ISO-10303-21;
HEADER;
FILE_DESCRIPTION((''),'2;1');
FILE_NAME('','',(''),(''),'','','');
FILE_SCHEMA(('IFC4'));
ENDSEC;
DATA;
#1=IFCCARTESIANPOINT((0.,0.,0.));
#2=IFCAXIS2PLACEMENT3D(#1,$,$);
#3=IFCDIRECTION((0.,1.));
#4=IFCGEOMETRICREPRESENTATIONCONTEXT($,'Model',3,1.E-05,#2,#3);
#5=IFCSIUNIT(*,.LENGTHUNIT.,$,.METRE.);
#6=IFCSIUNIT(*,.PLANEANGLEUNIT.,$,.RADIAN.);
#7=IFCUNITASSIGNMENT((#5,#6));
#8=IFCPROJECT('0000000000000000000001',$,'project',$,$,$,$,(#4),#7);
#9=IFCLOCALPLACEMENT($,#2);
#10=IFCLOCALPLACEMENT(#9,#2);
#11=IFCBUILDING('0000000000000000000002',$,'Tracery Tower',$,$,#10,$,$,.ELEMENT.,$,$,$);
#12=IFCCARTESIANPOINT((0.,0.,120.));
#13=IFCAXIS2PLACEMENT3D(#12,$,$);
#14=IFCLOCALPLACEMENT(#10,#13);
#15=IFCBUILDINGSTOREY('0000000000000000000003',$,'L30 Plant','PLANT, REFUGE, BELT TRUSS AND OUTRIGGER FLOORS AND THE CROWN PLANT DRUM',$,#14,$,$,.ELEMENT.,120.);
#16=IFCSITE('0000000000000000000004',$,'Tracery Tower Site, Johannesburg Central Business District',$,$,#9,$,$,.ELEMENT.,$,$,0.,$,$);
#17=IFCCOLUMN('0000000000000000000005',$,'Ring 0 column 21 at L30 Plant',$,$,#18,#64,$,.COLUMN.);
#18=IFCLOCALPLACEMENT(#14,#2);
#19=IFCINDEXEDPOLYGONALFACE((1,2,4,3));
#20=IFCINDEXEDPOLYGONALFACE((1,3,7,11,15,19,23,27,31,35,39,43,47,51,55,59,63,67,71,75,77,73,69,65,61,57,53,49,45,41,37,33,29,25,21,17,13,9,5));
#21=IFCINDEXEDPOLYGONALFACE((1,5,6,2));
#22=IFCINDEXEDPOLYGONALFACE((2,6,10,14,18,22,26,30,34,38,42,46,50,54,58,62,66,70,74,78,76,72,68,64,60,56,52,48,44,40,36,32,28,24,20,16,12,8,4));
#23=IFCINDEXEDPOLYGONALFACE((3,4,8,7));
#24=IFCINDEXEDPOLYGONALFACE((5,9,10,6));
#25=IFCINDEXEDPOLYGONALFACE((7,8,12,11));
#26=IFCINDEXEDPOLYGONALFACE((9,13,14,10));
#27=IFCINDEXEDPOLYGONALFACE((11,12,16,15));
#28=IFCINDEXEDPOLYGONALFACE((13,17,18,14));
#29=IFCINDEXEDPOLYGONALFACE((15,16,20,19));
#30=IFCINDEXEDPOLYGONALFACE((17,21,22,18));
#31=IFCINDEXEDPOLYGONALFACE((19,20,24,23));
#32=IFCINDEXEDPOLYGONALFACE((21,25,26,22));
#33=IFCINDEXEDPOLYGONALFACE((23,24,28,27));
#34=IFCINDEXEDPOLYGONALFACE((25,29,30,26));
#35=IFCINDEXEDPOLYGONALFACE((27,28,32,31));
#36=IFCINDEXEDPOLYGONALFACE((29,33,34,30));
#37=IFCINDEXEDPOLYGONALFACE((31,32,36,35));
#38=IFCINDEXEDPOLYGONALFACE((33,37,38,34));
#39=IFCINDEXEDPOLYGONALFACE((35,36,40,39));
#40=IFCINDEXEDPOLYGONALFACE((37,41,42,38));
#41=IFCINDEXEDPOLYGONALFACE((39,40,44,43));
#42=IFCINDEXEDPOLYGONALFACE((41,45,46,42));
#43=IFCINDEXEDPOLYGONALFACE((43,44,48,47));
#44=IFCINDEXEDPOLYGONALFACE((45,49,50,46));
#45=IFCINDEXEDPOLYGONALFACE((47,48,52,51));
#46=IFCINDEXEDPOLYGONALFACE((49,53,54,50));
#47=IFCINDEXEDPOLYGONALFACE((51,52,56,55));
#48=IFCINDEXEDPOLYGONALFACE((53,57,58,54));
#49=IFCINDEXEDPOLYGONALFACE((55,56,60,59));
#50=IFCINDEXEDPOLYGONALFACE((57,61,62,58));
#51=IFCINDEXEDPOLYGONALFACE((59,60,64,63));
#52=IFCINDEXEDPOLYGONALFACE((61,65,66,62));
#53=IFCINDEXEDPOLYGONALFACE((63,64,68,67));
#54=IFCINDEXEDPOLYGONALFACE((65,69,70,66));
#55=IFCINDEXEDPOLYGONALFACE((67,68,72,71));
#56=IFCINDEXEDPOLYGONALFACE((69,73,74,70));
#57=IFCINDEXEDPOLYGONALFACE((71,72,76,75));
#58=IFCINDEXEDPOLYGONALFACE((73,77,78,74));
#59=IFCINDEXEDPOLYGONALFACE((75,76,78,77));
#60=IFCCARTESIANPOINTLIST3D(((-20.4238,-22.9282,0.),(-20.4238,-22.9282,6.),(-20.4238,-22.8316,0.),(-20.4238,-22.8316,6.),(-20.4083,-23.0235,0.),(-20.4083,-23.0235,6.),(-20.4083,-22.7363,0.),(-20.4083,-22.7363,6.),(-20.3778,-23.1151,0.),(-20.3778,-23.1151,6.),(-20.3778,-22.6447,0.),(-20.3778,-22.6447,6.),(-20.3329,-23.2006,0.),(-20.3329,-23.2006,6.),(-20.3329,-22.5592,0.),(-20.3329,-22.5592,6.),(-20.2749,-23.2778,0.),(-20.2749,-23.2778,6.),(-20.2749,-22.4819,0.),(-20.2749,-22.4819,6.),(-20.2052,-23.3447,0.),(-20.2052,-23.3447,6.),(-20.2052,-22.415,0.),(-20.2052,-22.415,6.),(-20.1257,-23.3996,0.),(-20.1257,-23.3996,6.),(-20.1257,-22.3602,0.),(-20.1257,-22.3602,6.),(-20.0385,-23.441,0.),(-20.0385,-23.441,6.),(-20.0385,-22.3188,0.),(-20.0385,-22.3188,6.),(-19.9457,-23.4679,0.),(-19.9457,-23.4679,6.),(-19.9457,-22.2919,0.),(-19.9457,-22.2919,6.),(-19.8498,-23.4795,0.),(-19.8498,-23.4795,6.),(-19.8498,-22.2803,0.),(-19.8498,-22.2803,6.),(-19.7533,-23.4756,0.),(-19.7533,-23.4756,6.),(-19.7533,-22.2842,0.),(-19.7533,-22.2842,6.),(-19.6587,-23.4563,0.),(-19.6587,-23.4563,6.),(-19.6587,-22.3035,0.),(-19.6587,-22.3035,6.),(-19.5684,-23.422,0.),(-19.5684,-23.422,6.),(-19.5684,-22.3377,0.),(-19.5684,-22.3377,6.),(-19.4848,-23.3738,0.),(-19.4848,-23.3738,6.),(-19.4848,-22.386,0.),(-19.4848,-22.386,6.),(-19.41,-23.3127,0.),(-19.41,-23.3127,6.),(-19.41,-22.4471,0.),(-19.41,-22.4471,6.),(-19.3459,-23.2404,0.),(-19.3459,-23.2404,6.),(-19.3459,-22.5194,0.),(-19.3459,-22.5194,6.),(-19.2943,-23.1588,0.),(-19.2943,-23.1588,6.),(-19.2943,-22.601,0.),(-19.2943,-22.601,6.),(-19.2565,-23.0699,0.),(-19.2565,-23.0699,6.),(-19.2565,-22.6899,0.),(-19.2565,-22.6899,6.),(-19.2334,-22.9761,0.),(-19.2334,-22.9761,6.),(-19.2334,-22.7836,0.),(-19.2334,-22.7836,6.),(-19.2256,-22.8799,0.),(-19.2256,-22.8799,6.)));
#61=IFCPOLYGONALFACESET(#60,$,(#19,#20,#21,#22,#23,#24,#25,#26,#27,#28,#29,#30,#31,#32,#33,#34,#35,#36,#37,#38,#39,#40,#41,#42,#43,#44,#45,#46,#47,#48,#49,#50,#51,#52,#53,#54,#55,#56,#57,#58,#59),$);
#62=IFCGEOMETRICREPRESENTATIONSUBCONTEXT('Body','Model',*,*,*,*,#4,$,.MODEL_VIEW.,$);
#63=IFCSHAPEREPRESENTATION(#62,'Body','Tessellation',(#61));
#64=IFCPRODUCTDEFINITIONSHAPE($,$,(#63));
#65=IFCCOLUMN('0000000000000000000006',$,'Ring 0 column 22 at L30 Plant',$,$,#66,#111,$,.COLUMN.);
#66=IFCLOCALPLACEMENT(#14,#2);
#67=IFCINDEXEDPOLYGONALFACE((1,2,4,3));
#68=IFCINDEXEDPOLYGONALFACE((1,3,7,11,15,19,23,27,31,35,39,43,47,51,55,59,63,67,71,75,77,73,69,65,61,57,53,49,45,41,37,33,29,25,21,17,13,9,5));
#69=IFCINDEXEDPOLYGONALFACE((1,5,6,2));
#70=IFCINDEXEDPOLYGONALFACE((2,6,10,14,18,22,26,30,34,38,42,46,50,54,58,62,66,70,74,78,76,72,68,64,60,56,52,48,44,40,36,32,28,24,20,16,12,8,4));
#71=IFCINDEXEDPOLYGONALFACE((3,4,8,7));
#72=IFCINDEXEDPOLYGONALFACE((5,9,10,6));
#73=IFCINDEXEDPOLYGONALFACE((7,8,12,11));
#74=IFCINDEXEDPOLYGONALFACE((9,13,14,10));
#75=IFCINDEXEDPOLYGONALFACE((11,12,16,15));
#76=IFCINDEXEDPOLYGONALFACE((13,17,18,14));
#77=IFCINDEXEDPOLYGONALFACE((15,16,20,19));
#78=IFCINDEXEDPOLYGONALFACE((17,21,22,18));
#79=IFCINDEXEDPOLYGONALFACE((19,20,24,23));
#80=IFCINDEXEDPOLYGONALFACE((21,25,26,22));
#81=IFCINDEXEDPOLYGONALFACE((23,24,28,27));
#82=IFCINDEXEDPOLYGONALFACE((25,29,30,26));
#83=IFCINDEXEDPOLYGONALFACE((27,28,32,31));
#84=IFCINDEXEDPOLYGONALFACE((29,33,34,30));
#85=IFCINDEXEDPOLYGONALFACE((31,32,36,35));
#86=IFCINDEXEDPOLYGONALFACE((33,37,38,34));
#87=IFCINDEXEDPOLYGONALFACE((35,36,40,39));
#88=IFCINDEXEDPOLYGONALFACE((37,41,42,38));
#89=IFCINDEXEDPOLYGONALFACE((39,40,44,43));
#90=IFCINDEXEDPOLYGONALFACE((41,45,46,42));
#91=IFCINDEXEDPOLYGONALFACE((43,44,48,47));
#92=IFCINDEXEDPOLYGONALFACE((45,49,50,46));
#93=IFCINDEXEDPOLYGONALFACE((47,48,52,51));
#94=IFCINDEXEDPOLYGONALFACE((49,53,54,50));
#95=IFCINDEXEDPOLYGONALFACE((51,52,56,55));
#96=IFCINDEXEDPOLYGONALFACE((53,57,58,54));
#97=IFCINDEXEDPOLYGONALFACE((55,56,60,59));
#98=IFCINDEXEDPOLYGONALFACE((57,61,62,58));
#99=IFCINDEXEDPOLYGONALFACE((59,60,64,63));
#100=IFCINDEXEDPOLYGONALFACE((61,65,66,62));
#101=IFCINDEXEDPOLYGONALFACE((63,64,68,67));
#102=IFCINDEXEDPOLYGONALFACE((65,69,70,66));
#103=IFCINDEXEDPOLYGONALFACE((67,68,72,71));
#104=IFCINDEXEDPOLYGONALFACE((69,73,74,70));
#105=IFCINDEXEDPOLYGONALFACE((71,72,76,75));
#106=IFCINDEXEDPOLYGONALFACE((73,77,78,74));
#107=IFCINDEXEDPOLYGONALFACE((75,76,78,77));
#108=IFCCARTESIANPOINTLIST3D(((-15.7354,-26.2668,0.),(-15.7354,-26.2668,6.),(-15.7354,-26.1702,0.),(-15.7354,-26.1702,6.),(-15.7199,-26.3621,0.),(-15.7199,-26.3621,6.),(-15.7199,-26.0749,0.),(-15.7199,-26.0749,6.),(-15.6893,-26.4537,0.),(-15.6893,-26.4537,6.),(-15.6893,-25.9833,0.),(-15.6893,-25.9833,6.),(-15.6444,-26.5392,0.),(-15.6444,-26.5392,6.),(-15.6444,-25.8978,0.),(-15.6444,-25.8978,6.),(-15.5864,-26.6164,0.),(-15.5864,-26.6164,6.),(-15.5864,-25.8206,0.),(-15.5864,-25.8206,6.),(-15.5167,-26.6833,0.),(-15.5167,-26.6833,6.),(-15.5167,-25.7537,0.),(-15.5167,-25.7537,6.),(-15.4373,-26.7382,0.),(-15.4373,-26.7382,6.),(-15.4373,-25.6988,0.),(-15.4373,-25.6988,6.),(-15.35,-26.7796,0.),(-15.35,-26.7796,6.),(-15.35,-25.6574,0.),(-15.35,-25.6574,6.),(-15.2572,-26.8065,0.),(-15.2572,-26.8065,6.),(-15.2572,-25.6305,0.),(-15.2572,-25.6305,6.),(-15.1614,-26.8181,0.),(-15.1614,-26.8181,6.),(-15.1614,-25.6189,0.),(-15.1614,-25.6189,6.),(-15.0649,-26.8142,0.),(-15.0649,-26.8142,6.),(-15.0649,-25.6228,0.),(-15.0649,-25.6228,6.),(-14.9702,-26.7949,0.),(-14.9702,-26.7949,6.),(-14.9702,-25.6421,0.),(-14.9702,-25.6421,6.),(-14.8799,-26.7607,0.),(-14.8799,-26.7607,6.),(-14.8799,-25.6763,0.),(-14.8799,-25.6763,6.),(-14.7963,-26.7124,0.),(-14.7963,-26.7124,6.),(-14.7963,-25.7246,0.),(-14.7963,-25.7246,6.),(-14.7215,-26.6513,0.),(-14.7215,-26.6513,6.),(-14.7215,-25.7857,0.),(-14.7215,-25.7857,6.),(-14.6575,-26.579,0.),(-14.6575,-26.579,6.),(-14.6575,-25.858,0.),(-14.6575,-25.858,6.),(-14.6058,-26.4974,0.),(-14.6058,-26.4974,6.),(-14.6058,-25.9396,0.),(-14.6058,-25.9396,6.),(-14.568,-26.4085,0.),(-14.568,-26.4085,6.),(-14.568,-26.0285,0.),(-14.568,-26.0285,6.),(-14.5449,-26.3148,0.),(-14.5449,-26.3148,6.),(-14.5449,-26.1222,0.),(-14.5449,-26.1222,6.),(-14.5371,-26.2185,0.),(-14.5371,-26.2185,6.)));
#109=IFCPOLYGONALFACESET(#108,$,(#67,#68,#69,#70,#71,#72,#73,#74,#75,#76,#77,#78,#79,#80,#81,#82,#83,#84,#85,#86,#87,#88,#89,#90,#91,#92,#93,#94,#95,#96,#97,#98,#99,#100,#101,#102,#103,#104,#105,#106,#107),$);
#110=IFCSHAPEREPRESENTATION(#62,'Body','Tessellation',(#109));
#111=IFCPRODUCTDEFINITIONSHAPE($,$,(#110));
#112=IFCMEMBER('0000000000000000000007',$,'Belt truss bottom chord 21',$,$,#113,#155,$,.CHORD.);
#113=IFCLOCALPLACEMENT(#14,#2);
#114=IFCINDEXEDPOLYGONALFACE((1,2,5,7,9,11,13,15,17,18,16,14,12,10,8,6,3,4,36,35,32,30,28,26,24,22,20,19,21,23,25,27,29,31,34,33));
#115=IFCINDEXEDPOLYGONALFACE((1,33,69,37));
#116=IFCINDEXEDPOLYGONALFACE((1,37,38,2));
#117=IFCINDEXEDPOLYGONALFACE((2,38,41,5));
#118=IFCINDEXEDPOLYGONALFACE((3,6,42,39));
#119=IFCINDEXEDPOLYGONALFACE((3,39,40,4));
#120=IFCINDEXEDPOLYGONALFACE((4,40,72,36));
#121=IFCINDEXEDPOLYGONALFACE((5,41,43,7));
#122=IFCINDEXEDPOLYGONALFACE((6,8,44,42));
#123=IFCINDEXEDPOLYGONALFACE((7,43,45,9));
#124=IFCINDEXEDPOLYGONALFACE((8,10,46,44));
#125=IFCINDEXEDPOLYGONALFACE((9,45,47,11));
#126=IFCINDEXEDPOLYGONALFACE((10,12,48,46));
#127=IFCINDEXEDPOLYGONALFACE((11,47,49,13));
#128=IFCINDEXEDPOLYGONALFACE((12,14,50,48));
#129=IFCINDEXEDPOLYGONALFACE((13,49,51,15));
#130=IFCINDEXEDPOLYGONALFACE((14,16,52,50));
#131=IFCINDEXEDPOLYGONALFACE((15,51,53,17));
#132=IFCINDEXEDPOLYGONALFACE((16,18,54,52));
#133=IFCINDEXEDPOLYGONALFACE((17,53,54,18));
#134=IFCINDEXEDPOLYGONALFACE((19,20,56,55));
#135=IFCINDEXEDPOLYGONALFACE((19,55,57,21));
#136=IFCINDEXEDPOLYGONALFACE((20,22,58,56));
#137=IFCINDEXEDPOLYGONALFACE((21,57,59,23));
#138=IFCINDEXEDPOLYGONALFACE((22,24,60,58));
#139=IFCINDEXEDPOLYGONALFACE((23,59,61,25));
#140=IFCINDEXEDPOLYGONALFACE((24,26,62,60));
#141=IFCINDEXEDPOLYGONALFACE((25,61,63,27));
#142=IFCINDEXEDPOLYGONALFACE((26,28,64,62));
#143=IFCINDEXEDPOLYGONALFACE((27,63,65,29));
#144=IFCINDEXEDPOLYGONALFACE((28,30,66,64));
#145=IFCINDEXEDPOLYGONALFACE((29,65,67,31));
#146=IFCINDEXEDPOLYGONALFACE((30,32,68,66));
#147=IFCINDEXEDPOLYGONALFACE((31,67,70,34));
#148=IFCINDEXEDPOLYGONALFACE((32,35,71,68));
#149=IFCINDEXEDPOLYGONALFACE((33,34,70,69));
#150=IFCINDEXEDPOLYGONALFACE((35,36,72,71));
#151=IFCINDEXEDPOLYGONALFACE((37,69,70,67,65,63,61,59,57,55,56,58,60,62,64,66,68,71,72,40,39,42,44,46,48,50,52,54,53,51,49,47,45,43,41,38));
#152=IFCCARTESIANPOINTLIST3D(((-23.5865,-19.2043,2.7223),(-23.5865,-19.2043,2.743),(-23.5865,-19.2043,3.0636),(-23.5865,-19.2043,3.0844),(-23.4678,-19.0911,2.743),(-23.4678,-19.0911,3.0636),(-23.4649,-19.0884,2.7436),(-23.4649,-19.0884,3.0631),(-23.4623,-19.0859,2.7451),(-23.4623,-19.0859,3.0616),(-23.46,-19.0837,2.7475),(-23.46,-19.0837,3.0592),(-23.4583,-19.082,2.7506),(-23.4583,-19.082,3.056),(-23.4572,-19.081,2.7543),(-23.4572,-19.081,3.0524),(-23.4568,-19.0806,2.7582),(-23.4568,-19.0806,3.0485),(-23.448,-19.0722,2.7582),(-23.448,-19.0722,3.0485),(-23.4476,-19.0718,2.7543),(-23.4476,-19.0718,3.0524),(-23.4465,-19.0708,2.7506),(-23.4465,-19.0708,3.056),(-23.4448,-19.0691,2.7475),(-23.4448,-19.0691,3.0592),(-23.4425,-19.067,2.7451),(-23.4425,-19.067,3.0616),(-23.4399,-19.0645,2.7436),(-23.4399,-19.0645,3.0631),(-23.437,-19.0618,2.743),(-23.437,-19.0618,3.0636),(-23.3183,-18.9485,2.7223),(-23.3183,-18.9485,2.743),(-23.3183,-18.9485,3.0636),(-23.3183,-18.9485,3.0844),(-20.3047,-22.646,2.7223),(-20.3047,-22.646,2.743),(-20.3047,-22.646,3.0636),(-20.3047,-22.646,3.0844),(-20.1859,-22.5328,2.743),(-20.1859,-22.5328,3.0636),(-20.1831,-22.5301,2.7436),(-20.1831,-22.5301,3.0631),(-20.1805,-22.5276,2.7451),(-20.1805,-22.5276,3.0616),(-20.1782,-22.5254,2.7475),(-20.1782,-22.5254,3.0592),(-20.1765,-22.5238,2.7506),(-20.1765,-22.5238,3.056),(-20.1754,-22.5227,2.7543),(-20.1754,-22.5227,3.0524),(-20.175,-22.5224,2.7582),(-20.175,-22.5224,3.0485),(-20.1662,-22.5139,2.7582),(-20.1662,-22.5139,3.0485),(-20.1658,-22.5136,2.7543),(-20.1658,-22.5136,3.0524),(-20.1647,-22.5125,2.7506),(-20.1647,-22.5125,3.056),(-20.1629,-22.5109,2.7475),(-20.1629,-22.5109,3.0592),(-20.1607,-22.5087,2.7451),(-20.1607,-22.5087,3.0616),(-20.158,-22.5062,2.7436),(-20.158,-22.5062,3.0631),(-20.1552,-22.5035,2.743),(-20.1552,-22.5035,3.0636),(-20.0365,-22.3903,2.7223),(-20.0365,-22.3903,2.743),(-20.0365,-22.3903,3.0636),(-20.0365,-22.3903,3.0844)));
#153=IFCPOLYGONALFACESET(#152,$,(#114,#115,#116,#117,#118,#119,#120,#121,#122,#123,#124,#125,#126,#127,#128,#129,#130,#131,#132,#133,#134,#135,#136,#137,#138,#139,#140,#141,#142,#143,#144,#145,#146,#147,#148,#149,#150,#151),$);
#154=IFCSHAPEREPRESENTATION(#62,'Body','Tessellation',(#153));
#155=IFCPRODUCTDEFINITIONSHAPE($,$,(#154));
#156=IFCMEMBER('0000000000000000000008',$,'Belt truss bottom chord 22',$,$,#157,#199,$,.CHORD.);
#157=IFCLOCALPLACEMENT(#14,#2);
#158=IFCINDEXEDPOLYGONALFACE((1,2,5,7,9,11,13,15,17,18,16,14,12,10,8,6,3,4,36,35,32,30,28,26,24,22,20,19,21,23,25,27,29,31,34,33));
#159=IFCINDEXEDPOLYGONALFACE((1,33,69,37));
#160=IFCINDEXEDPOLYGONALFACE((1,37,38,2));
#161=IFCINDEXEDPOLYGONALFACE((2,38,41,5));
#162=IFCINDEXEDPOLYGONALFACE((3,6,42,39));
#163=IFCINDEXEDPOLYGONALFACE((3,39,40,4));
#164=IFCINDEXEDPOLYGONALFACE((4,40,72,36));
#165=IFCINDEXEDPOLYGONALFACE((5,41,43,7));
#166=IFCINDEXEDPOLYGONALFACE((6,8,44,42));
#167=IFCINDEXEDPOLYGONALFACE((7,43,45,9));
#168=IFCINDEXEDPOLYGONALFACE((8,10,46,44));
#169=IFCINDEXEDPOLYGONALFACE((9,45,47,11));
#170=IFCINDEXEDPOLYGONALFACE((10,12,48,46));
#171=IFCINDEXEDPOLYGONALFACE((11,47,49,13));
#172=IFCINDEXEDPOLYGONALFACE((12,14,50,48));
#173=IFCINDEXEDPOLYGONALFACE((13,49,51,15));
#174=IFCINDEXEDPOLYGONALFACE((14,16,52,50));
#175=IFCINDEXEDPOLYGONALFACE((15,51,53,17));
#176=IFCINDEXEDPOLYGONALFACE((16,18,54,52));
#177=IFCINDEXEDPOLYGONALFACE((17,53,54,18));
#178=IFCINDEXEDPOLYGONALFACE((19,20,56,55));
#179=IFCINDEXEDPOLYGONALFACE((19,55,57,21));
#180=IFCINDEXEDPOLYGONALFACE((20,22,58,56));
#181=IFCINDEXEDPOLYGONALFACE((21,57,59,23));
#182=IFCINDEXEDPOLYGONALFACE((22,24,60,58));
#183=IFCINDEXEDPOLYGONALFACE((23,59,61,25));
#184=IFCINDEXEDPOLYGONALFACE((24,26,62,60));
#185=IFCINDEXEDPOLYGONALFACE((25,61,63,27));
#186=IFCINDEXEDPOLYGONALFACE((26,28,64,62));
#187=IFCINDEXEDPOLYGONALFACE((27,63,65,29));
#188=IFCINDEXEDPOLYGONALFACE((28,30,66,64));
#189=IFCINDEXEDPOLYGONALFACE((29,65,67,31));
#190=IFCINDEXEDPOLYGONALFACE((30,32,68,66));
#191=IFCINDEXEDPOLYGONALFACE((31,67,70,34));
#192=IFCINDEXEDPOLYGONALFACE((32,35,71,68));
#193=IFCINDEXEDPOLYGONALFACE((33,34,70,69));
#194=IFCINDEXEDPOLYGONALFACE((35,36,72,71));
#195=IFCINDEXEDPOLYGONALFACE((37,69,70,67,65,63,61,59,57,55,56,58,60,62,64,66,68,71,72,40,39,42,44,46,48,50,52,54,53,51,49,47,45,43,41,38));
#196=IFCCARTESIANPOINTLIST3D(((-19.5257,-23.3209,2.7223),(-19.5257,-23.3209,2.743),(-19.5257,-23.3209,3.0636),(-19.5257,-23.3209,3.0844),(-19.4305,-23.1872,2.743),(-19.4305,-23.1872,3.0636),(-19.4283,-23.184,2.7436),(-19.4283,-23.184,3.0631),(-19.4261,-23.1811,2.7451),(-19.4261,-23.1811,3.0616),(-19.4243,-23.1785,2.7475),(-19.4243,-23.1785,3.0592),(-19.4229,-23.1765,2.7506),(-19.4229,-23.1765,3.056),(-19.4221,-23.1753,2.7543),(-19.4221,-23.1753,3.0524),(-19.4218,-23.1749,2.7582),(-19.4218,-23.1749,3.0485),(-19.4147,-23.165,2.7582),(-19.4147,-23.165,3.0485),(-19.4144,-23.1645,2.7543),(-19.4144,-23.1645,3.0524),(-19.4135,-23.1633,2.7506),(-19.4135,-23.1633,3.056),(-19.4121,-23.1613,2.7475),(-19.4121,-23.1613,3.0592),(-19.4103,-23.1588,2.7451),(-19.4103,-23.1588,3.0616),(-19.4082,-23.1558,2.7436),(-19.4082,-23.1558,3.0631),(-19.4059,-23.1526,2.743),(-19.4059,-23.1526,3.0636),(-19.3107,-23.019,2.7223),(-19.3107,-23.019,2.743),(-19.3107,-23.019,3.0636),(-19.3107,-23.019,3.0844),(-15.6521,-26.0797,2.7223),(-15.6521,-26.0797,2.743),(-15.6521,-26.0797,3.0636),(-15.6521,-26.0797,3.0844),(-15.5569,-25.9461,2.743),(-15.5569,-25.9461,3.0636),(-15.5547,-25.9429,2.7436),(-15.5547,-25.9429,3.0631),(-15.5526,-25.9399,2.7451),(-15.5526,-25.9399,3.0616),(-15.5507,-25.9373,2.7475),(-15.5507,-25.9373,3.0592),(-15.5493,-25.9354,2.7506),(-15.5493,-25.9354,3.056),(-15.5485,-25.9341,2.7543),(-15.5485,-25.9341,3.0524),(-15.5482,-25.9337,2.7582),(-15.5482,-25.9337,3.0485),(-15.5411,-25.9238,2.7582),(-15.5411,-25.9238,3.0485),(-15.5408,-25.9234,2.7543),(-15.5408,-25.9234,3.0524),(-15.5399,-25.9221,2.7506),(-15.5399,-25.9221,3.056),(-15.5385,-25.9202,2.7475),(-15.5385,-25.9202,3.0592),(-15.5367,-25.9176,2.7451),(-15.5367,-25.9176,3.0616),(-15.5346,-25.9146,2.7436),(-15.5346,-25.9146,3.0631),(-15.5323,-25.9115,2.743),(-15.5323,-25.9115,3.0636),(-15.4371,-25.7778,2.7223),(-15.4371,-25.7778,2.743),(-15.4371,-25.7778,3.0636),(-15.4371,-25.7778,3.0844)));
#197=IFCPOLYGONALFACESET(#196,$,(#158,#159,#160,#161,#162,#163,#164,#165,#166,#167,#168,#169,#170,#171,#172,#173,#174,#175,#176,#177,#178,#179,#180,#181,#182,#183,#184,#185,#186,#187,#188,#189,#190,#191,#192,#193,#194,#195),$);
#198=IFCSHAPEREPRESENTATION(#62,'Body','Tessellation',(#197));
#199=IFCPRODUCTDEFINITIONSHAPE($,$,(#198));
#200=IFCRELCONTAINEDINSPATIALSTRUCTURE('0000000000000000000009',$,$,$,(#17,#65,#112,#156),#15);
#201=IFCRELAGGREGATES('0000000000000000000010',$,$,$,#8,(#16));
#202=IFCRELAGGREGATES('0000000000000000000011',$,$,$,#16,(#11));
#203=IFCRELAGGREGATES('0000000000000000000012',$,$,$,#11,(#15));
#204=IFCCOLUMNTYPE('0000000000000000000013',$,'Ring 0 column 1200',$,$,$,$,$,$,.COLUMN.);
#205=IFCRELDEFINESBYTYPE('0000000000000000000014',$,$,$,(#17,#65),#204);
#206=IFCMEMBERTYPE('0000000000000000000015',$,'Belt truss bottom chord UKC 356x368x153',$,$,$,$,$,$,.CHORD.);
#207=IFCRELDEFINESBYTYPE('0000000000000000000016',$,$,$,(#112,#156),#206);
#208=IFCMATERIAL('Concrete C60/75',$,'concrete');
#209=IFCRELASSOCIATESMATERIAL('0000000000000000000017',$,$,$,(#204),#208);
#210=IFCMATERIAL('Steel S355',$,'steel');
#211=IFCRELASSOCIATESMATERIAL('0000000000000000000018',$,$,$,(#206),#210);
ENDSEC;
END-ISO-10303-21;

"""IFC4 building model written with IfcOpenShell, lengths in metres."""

from ifc_helpers import new_model, si_unit, direction, frame, origin, origin_2d, place, context, subcontext, project, spatial, circle, i_section, extrude, material, material_profile, profile_set, type_object, element, save


model = new_model("IFC4")

# Units and contexts
model_context = context("Model", 3, precision=1e-05, world=origin(), true_north=direction((0.0, 1.0)))
body_context = subcontext(model_context, "Body", "Model", "MODEL_VIEW")
ifc_project = project(units=[si_unit("LENGTHUNIT", "METRE"), si_unit("PLANEANGLEUNIT", "RADIAN")], contexts=[model_context])

# Site, building, storey
site_placement = place(None, origin())
site = spatial("IfcSite", under=ifc_project, at=site_placement, Name="Tracery Tower Site, Johannesburg Central Business District", CompositionType="ELEMENT", RefElevation=0.0)
building_placement = place(site_placement, origin())
building = spatial("IfcBuilding", under=site, at=building_placement, Name="Tracery Tower", CompositionType="ELEMENT")
storey_placement = place(building_placement, frame((0.0, 0.0, 120.0)))
storey = spatial("IfcBuildingStorey", under=building, at=storey_placement, Name="L30 Plant", Description="PLANT, REFUGE, BELT TRUSS AND OUTRIGGER FLOORS AND THE CROWN PLANT DRUM", CompositionType="ELEMENT", Elevation=120.0)

# Columns
ifc_material_1 = material(Name="Concrete C60/75", Category="concrete")
ifc_material_profile_1 = material_profile(ifc_material_1, circle(Radius=0.6001, at=origin_2d()), Name="RC D1200")
ifc_profile_set_1 = profile_set([ifc_material_profile_1], Name="Concrete C60/75")
column_type = type_object("IfcColumnType", Name="Ring 0 column 1200", PredefinedType="COLUMN", material=ifc_profile_set_1)
for number, where, z_axis, x_axis, name in (
    (1, (-19.8257, -22.8799, 0.0), (0.0, 0.0, 1.0), (1.0, 0.0, 0.0), "Ring 0 column 21 at L30 Plant"),
    (2, (-15.1372, -26.2185, 0.0), (0.0, 0.0, 1.0), (1.0, 0.0, 0.0), "Ring 0 column 22 at L30 Plant"),
):
    element("IfcColumn", number, at=place(storey_placement, frame(where, z_axis=z_axis, x_axis=x_axis)), inside=storey, type_object=column_type, Name=name, PredefinedType="COLUMN", context=body_context, shape_type="SweptSolid", body=[
        extrude(circle(Radius=0.6001, at=origin_2d()), origin(), (0.0, 0.0, 1.0), 6.0),
    ])

# Members
ifc_material_2 = material(Name="Steel S355", Category="steel")
ifc_material_profile_2 = material_profile(ifc_material_2, i_section(OverallWidth=0.3706, OverallDepth=0.3621, WebThickness=0.0122, FlangeThickness=0.0208, FilletRadius=0.0151, at=origin_2d()), Name="UKC 356x368x153")
ifc_profile_set_2 = profile_set([ifc_material_profile_2], Name="Steel S355")
member_type_1 = type_object("IfcMemberType", Name="Belt truss bottom chord UKC 356x368x153", PredefinedType="CHORD", material=ifc_profile_set_2)
for number, where, z_axis, x_axis, name in (
    (3, (-23.4524, -19.0764, 2.9033), (0.690093, -0.72372, 0.0), (0.72372, 0.690093, 0.0), "Belt truss bottom chord 21"),
    (4, (-19.4182, -23.1699, 2.9033), (0.814531, -0.580121, 0.0), (0.580121, 0.814531, 0.0), "Belt truss bottom chord 22"),
):
    element("IfcMember", number, at=place(storey_placement, frame(where, z_axis=z_axis, x_axis=x_axis)), inside=storey, type_object=member_type_1, Name=name, PredefinedType="CHORD", context=body_context, shape_type="SweptSolid", body=[
        extrude(i_section(OverallWidth=0.3706, OverallDepth=0.3621, WebThickness=0.0122, FlangeThickness=0.0208, FilletRadius=0.0151, at=origin_2d()), origin(), (0.0, 0.0, 1.0), 4.7556),
    ])

save(model, "model.ifc")
